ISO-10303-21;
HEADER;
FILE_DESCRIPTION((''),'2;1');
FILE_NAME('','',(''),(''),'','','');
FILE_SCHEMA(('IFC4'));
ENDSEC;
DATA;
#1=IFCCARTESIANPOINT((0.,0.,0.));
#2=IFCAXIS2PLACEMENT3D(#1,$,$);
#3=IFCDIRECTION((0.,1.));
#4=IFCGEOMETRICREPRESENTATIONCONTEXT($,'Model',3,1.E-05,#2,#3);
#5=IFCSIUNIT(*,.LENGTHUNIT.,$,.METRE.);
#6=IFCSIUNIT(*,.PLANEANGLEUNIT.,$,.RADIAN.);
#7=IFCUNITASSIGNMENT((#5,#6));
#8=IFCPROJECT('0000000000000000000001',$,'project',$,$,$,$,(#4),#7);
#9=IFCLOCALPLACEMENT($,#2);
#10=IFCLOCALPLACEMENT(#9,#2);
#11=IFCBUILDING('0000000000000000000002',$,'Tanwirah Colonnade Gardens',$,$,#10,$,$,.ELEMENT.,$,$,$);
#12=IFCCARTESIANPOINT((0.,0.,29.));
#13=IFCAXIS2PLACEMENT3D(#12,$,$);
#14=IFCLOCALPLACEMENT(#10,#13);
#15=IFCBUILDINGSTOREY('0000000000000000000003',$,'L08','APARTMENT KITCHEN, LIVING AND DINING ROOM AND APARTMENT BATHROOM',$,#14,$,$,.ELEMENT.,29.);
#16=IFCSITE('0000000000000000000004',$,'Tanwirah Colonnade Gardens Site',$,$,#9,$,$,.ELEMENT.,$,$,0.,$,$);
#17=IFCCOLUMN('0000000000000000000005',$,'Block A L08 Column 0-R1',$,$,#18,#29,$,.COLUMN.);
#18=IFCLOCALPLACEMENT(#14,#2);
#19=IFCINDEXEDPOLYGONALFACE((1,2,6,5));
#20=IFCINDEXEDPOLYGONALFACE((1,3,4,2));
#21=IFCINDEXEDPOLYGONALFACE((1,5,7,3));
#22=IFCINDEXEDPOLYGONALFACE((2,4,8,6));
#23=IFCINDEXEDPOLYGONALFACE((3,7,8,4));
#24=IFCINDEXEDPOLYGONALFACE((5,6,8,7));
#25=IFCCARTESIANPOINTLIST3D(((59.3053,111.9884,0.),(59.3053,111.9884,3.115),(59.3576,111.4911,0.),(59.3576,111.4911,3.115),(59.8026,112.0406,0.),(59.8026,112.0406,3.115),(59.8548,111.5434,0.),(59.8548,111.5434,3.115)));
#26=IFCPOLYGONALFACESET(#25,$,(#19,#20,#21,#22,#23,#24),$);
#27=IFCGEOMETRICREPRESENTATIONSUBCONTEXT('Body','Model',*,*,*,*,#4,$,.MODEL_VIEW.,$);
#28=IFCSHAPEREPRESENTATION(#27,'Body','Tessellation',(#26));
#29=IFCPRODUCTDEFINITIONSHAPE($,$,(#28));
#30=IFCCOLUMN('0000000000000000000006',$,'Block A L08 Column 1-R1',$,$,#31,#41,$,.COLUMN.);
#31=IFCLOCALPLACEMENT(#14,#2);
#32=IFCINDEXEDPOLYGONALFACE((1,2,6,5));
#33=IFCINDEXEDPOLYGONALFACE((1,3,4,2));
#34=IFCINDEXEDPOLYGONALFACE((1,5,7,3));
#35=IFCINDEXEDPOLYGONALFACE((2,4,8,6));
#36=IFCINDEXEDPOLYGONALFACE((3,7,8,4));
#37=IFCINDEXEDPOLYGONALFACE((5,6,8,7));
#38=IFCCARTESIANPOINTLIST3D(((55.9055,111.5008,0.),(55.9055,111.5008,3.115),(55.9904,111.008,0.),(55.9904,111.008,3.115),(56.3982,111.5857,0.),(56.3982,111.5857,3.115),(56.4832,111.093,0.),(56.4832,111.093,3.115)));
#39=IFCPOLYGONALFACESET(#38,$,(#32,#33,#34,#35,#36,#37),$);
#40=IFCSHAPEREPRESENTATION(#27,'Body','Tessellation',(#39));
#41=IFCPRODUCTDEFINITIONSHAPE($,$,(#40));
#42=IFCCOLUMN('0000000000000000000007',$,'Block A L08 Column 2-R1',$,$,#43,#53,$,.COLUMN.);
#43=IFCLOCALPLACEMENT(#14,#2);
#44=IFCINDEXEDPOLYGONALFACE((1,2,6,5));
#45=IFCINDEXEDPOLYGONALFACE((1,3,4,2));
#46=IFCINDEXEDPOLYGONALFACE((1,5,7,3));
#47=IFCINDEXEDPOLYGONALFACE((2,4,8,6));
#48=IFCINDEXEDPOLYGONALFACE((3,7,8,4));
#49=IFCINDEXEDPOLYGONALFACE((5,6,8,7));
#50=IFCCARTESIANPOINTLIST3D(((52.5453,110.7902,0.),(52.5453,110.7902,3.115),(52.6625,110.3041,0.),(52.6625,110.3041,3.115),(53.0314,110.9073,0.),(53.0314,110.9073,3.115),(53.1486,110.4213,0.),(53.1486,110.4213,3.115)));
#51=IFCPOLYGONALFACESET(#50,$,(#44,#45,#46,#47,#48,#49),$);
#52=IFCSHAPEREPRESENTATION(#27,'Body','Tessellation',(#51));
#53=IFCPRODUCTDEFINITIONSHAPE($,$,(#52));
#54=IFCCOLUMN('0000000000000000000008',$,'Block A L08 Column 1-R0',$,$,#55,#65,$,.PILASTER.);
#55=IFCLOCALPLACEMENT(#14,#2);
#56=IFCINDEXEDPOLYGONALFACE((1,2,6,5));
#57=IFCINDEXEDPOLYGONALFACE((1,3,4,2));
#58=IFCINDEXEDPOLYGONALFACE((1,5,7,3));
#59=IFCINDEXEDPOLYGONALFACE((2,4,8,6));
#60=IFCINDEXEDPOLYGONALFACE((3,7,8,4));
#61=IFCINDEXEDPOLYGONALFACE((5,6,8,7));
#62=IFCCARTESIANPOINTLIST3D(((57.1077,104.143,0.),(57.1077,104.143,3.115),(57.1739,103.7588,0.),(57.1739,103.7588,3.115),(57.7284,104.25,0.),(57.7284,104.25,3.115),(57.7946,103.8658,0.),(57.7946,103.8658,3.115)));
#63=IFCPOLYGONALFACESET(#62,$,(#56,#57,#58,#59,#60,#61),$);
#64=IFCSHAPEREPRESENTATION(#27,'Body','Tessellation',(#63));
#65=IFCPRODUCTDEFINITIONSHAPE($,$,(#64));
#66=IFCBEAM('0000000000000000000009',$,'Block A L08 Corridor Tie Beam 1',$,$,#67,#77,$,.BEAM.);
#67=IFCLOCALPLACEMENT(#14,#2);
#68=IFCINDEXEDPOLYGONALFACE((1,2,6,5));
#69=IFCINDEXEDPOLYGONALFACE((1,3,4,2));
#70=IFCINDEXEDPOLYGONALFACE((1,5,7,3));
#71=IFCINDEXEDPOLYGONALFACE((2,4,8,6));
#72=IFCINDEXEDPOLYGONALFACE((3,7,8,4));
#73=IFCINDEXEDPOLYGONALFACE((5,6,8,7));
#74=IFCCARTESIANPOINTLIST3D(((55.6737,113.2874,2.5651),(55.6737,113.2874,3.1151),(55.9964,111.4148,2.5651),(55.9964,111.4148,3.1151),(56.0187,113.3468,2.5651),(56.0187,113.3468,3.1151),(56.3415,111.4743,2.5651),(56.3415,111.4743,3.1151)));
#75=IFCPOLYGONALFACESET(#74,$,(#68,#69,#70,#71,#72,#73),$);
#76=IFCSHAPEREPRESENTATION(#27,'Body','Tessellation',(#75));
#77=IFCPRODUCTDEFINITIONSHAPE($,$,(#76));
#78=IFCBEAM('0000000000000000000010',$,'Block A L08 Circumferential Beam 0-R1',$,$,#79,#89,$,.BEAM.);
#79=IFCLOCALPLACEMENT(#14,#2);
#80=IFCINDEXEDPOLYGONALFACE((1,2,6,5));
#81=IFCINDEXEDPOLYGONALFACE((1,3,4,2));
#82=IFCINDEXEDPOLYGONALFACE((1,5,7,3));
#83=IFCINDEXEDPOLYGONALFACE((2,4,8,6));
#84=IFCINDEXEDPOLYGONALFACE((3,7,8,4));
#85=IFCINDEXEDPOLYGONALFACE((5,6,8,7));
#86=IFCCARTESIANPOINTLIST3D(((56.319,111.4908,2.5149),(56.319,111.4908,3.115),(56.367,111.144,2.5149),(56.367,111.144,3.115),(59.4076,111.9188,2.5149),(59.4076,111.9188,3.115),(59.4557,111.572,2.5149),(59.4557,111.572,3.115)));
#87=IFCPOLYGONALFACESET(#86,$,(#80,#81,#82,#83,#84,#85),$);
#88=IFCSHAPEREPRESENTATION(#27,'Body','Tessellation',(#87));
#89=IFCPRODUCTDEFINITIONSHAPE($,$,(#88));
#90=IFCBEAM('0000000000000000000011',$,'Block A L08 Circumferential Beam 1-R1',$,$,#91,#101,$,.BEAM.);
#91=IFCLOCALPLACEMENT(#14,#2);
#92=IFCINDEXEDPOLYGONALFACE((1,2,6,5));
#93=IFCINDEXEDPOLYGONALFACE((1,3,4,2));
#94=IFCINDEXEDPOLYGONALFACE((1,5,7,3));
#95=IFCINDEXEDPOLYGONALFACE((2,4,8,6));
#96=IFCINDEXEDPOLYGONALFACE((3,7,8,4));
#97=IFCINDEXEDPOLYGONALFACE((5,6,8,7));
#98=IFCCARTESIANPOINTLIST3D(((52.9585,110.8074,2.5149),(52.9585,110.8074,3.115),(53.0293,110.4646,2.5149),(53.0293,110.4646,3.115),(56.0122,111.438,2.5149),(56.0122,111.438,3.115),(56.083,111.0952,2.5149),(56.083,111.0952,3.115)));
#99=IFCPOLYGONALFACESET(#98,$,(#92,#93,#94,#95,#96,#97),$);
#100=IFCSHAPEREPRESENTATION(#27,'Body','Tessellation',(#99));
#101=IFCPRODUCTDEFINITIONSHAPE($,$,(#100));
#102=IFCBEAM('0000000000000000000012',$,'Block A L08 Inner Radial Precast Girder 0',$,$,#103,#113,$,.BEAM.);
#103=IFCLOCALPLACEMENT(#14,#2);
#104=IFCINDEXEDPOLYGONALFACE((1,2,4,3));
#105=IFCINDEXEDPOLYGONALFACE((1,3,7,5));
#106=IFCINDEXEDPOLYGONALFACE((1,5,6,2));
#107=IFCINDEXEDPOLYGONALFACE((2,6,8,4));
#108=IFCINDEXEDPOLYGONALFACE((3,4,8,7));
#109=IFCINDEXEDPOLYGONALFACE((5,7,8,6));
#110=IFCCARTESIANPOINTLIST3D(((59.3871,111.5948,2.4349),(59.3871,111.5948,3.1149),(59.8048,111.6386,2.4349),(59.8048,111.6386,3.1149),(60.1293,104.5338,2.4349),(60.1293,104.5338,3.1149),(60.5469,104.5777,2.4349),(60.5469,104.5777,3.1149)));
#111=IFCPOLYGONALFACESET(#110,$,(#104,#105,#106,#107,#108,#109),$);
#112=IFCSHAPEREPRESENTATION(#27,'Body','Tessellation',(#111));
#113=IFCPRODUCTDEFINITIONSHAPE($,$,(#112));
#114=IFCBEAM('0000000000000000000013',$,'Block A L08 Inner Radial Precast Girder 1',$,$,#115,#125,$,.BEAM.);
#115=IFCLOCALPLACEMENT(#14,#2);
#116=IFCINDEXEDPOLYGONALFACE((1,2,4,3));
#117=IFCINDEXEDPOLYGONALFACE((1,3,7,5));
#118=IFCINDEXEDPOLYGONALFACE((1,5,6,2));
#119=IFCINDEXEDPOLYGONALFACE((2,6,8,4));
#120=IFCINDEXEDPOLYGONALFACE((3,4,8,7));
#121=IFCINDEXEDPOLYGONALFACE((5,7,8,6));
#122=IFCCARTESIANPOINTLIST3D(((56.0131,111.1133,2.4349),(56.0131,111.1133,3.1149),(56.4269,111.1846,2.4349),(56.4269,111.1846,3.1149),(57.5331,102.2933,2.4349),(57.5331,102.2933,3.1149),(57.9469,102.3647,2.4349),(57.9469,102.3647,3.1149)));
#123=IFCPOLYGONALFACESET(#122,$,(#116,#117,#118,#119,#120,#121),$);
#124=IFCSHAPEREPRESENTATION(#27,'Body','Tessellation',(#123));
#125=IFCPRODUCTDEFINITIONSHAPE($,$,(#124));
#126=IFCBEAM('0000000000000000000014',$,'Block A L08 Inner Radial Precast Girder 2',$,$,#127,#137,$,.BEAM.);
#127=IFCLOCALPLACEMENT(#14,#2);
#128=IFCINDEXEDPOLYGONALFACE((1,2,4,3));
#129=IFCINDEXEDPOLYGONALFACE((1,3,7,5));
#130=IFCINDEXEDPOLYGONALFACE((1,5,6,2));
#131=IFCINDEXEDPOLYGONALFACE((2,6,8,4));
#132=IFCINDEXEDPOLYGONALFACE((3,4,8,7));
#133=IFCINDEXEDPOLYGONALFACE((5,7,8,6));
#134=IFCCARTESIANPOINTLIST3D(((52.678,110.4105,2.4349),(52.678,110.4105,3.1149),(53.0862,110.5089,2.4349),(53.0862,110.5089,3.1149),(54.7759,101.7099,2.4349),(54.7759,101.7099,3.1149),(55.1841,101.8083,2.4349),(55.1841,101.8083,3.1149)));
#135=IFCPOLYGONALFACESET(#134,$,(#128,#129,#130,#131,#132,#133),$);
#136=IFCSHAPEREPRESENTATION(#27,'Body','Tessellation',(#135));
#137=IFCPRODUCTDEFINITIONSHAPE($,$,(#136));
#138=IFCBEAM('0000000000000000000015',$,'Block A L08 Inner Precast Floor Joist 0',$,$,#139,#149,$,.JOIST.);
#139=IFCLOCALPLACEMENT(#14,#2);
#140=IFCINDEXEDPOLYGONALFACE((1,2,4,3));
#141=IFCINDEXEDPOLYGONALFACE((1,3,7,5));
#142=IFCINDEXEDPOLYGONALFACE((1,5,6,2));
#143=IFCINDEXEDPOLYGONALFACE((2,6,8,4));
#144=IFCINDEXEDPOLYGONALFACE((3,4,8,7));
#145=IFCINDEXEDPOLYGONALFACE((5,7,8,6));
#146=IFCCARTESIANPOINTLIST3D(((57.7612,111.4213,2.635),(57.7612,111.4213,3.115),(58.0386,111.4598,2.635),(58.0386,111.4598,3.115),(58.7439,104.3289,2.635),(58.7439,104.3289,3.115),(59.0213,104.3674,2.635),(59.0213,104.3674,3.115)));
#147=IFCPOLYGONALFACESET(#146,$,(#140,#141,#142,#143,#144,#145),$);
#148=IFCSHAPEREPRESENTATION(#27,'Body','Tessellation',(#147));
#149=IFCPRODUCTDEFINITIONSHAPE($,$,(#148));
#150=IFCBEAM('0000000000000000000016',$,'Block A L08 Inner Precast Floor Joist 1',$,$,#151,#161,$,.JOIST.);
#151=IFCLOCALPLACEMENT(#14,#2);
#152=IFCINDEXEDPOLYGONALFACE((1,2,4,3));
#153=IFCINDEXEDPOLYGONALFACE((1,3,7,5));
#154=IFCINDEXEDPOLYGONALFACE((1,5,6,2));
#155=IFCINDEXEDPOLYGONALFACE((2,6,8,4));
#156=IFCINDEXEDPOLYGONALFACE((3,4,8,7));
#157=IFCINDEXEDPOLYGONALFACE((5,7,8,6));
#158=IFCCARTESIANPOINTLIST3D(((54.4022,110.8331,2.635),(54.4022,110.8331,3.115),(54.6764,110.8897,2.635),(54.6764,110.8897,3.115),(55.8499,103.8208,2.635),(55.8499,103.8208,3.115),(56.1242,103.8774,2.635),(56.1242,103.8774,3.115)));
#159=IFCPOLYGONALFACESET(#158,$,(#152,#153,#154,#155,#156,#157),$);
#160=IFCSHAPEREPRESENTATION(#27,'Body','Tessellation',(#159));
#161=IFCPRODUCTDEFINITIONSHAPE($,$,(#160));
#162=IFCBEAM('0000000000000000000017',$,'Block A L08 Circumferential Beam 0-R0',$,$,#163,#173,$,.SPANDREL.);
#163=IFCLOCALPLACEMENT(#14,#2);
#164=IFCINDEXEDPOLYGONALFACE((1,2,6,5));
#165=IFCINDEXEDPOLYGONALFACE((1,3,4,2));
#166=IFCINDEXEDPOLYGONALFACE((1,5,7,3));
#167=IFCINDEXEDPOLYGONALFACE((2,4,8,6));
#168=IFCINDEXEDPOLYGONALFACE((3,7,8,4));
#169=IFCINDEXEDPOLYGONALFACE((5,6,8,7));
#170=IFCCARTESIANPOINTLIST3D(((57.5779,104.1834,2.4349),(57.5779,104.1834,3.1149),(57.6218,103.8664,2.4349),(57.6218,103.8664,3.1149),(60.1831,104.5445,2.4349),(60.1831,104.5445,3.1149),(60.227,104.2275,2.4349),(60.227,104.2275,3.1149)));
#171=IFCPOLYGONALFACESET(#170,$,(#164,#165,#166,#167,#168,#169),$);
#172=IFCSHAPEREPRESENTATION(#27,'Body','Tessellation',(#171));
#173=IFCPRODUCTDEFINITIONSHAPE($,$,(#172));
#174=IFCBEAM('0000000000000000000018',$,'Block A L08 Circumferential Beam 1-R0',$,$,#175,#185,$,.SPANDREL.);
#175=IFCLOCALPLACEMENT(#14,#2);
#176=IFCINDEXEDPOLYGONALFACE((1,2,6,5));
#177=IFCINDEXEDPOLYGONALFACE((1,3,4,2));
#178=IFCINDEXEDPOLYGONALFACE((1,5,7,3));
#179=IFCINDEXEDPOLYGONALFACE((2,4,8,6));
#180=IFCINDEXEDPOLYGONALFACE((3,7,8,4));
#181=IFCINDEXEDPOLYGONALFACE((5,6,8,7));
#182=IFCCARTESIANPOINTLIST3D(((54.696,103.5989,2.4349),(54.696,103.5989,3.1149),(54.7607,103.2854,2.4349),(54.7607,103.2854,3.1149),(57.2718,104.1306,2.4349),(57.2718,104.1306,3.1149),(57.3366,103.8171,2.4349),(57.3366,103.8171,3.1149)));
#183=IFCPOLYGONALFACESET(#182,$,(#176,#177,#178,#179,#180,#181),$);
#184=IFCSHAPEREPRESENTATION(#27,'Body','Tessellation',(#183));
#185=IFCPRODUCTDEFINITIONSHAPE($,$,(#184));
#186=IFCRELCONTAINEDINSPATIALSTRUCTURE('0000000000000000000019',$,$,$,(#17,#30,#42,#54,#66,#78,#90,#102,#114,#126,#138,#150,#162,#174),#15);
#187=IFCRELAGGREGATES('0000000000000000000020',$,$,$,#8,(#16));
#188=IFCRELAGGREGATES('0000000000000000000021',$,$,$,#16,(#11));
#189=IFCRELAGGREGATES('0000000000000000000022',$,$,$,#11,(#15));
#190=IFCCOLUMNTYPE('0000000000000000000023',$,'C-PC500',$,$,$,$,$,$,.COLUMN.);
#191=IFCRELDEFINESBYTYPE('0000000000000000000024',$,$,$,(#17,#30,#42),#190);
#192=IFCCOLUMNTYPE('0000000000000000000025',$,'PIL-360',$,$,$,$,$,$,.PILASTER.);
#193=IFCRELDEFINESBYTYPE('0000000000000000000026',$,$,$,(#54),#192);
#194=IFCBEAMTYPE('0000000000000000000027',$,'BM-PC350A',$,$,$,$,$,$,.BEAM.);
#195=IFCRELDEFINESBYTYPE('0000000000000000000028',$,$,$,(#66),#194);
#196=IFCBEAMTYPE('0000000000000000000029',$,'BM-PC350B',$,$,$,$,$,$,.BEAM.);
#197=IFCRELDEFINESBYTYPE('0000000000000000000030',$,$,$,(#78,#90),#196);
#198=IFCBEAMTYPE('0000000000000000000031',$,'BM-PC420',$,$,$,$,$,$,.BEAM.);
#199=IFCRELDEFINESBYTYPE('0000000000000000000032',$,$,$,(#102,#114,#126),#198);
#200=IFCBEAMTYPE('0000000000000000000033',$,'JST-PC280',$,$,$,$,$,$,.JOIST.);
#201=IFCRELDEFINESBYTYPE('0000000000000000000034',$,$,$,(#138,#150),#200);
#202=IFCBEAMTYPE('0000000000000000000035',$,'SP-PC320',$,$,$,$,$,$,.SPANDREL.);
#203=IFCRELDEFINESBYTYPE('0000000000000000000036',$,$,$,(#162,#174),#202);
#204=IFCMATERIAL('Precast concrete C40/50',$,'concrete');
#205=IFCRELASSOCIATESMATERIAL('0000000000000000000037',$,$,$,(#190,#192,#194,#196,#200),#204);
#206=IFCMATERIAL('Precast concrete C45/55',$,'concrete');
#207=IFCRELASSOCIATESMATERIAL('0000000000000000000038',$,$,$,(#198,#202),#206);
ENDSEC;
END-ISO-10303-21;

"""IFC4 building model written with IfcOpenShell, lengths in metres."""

from ifc_helpers import new_model, si_unit, direction, frame, origin, origin_2d, place, context, subcontext, project, spatial, rectangle, extrude, material, material_profile, profile_set, type_object, element, save


model = new_model("IFC4")

# Units and contexts
model_context = context("Model", 3, precision=1e-05, world=origin(), true_north=direction((0.0, 1.0)))
body_context = subcontext(model_context, "Body", "Model", "MODEL_VIEW")
ifc_project = project(units=[si_unit("LENGTHUNIT", "METRE"), si_unit("PLANEANGLEUNIT", "RADIAN")], contexts=[model_context])

# Site, building, storey
site_placement = place(None, origin())
site = spatial("IfcSite", under=ifc_project, at=site_placement, Name="Tanwirah Colonnade Gardens Site", CompositionType="ELEMENT", RefElevation=0.0)
building_placement = place(site_placement, origin())
building = spatial("IfcBuilding", under=site, at=building_placement, Name="Tanwirah Colonnade Gardens", CompositionType="ELEMENT")
storey_placement = place(building_placement, frame((0.0, 0.0, 29.0)))
storey = spatial("IfcBuildingStorey", under=building, at=storey_placement, Name="L08", Description="APARTMENT KITCHEN, LIVING AND DINING ROOM AND APARTMENT BATHROOM", CompositionType="ELEMENT", Elevation=29.0)

# Columns
ifc_material_1 = material(Name="Precast concrete C40/50", Category="concrete")
ifc_material_profile_1 = material_profile(ifc_material_1, rectangle(XDim=0.5, YDim=0.5, at=origin_2d()), Name="PC-COL 500x500")
ifc_profile_set_1 = profile_set([ifc_material_profile_1], Name="Precast concrete C40/50")
column_type_1 = type_object("IfcColumnType", Name="C-PC500", PredefinedType="COLUMN", material=ifc_profile_set_1)
for number, where, z_axis, x_axis, name in (
    (1, (59.5801, 111.7659, 0.0), (0.0, 0.0, 1.0), (-0.104528, 0.994522, 0.0), "Block A L08 Column 0-R1"),
    (2, (56.1943, 111.2969, 0.0), (0.0, 0.0, 1.0), (-0.169827, 0.985474, 0.0), "Block A L08 Column 1-R1"),
    (3, (52.8469, 110.6057, 0.0), (0.0, 0.0, 1.0), (-0.234388, 0.972143, 0.0), "Block A L08 Column 2-R1"),
):
    element("IfcColumn", number, at=place(storey_placement, frame(where, z_axis=z_axis, x_axis=x_axis)), inside=storey, type_object=column_type_1, Name=name, PredefinedType="COLUMN", context=body_context, shape_type="SweptSolid", body=[
        extrude(rectangle(XDim=0.5, YDim=0.5, at=origin_2d()), origin(), (0.0, 0.0, 1.0), 3.115),
    ])
ifc_material_profile_2 = material_profile(ifc_material_1, rectangle(XDim=0.3899, YDim=0.6299, at=origin_2d()), Name="PC-PIL 390x630")
ifc_profile_set_2 = profile_set([ifc_material_profile_2], Name="Precast concrete C40/50")
column_type_2 = type_object("IfcColumnType", Name="PIL-360", PredefinedType="PILASTER", material=ifc_profile_set_2)
column_placement = place(storey_placement, frame((57.4512, 104.0044, 0.0), z_axis=(0.0, 0.0, 1.0), x_axis=(-0.169827, 0.985474, 0.0)))
element("IfcColumn", 4, at=column_placement, inside=storey, type_object=column_type_2, Name="Block A L08 Column 1-R0", PredefinedType="PILASTER", context=body_context, shape_type="SweptSolid", body=[
    extrude(rectangle(XDim=0.3899, YDim=0.6299, at=origin_2d()), origin(), (0.0, 0.0, 1.0), 3.115),
])

# Beams
ifc_material_profile_3 = material_profile(ifc_material_1, rectangle(XDim=0.3501, YDim=0.55, at=origin_2d()), Name="PC-BM 350x550")
ifc_profile_set_3 = profile_set([ifc_material_profile_3], Name="Precast concrete C40/50")
beam_type_1 = type_object("IfcBeamType", Name="BM-PC350A", PredefinedType="BEAM", material=ifc_profile_set_3)
beam_1_placement = place(storey_placement, frame((56.1689, 111.4446, 2.8401), z_axis=(-0.169855, 0.985469, 0.0), x_axis=(-0.985469, -0.169855, 0.0)))
element("IfcBeam", 5, at=beam_1_placement, inside=storey, type_object=beam_type_1, Name="Block A L08 Corridor Tie Beam 1", PredefinedType="BEAM", context=body_context, shape_type="SweptSolid", body=[
    extrude(rectangle(XDim=0.3501, YDim=0.55, at=origin_2d()), origin(), (0.0, 0.0, 1.0), 1.9001),
])
ifc_material_profile_4 = material_profile(ifc_material_1, rectangle(XDim=0.3501, YDim=0.6001, at=origin_2d()), Name="PC-BM 350x600")
ifc_profile_set_4 = profile_set([ifc_material_profile_4], Name="Precast concrete C40/50")
beam_type_2 = type_object("IfcBeamType", Name="BM-PC350B", PredefinedType="BEAM", material=ifc_profile_set_4)
for number, where, z_axis, x_axis, name in (
    (6, (59.4316, 111.7454, 2.8149), (-0.990536, -0.137255, 0.0), (0.137255, -0.990536, 0.0), "Block A L08 Circumferential Beam 0-R1"),
    (7, (56.0476, 111.2666, 2.8149), (-0.979336, -0.202241, 0.0), (0.202241, -0.979336, 0.0), "Block A L08 Circumferential Beam 1-R1"),
):
    element("IfcBeam", number, at=place(storey_placement, frame(where, z_axis=z_axis, x_axis=x_axis)), inside=storey, type_object=beam_type_2, Name=name, PredefinedType="BEAM", context=body_context, shape_type="SweptSolid", body=[
        extrude(rectangle(XDim=0.3501, YDim=0.6001, at=origin_2d()), origin(), (0.0, 0.0, 1.0), 3.1182),
    ])
ifc_material_2 = material(Name="Precast concrete C45/55", Category="concrete")
ifc_material_profile_5 = material_profile(ifc_material_2, rectangle(XDim=0.4199, YDim=0.6799, at=origin_2d()), Name="PC-BM 420x680")
ifc_profile_set_5 = profile_set([ifc_material_profile_5], Name="Precast concrete C45/55")
beam_type_3 = type_object("IfcBeamType", Name="BM-PC420", PredefinedType="BEAM", material=ifc_profile_set_5)
beam_2_placement = place(storey_placement, frame((59.5959, 111.6167, 2.7749), z_axis=(0.104534, -0.994521, 0.0), x_axis=(0.994521, 0.104534, 0.0)))
element("IfcBeam", 8, at=beam_2_placement, inside=storey, type_object=beam_type_3, Name="Block A L08 Inner Radial Precast Girder 0", PredefinedType="BEAM", context=body_context, shape_type="SweptSolid", body=[
    extrude(rectangle(XDim=0.4199, YDim=0.6799, at=origin_2d()), origin(), (0.0, 0.0, 1.0), 7.0999),
])
for number, where, z_axis, x_axis, name in (
    (9, (56.22, 111.1489, 2.7749), (0.169837, -0.985472, 0.0), (0.985472, 0.169837, 0.0), "Block A L08 Inner Radial Precast Girder 1"),
    (10, (52.8821, 110.4597, 2.7749), (0.234401, -0.97214, 0.0), (0.97214, 0.234401, 0.0), "Block A L08 Inner Radial Precast Girder 2"),
):
    element("IfcBeam", number, at=place(storey_placement, frame(where, z_axis=z_axis, x_axis=x_axis)), inside=storey, type_object=beam_type_3, Name=name, PredefinedType="BEAM", context=body_context, shape_type="SweptSolid", body=[
        extrude(rectangle(XDim=0.4199, YDim=0.6799, at=origin_2d()), origin(), (0.0, 0.0, 1.0), 8.95),
    ])
ifc_material_profile_6 = material_profile(ifc_material_1, rectangle(XDim=0.28, YDim=0.48, at=origin_2d()), Name="PC-JST 280x480")
ifc_profile_set_6 = profile_set([ifc_material_profile_6], Name="Precast concrete C40/50")
beam_type_4 = type_object("IfcBeamType", Name="JST-PC280", PredefinedType="JOIST", material=ifc_profile_set_6)
for number, where, z_axis, x_axis, name in (
    (11, (58.8826, 104.3481, 2.875), (-0.137243, 0.990537, 0.0), (-0.990537, -0.137243, 0.0), "Block A L08 Inner Precast Floor Joist 0"),
    (12, (55.9871, 103.8491, 2.875), (-0.202197, 0.979345, 0.0), (-0.979345, -0.202197, 0.0), "Block A L08 Inner Precast Floor Joist 1"),
):
    element("IfcBeam", number, at=place(storey_placement, frame(where, z_axis=z_axis, x_axis=x_axis)), inside=storey, type_object=beam_type_4, Name=name, PredefinedType="JOIST", context=body_context, shape_type="SweptSolid", body=[
        extrude(rectangle(XDim=0.28, YDim=0.48, at=origin_2d()), origin(), (0.0, 0.0, 1.0), 7.1602),
    ])
ifc_material_profile_7 = material_profile(ifc_material_2, rectangle(XDim=0.3201, YDim=0.6799, at=origin_2d()), Name="PC-SP 320x680")
ifc_profile_set_7 = profile_set([ifc_material_profile_7], Name="Precast concrete C45/55")
beam_type_5 = type_object("IfcBeamType", Name="SP-PC320", PredefinedType="SPANDREL", material=ifc_profile_set_7)
for number, where, z_axis, x_axis, name in (
    (13, (60.2051, 104.386, 2.7749), (-0.990531, -0.137288, 0.0), (0.137288, -0.990531, 0.0), "Block A L08 Circumferential Beam 0-R0"),
    (14, (57.3042, 103.9739, 2.7749), (-0.979352, -0.202164, 0.0), (0.202164, -0.979352, 0.0), "Block A L08 Circumferential Beam 1-R0"),
):
    element("IfcBeam", number, at=place(storey_placement, frame(where, z_axis=z_axis, x_axis=x_axis)), inside=storey, type_object=beam_type_5, Name=name, PredefinedType="SPANDREL", context=body_context, shape_type="SweptSolid", body=[
        extrude(rectangle(XDim=0.3201, YDim=0.6799, at=origin_2d()), origin(), (0.0, 0.0, 1.0), 2.6301),
    ])

save(model, "model.ifc")
